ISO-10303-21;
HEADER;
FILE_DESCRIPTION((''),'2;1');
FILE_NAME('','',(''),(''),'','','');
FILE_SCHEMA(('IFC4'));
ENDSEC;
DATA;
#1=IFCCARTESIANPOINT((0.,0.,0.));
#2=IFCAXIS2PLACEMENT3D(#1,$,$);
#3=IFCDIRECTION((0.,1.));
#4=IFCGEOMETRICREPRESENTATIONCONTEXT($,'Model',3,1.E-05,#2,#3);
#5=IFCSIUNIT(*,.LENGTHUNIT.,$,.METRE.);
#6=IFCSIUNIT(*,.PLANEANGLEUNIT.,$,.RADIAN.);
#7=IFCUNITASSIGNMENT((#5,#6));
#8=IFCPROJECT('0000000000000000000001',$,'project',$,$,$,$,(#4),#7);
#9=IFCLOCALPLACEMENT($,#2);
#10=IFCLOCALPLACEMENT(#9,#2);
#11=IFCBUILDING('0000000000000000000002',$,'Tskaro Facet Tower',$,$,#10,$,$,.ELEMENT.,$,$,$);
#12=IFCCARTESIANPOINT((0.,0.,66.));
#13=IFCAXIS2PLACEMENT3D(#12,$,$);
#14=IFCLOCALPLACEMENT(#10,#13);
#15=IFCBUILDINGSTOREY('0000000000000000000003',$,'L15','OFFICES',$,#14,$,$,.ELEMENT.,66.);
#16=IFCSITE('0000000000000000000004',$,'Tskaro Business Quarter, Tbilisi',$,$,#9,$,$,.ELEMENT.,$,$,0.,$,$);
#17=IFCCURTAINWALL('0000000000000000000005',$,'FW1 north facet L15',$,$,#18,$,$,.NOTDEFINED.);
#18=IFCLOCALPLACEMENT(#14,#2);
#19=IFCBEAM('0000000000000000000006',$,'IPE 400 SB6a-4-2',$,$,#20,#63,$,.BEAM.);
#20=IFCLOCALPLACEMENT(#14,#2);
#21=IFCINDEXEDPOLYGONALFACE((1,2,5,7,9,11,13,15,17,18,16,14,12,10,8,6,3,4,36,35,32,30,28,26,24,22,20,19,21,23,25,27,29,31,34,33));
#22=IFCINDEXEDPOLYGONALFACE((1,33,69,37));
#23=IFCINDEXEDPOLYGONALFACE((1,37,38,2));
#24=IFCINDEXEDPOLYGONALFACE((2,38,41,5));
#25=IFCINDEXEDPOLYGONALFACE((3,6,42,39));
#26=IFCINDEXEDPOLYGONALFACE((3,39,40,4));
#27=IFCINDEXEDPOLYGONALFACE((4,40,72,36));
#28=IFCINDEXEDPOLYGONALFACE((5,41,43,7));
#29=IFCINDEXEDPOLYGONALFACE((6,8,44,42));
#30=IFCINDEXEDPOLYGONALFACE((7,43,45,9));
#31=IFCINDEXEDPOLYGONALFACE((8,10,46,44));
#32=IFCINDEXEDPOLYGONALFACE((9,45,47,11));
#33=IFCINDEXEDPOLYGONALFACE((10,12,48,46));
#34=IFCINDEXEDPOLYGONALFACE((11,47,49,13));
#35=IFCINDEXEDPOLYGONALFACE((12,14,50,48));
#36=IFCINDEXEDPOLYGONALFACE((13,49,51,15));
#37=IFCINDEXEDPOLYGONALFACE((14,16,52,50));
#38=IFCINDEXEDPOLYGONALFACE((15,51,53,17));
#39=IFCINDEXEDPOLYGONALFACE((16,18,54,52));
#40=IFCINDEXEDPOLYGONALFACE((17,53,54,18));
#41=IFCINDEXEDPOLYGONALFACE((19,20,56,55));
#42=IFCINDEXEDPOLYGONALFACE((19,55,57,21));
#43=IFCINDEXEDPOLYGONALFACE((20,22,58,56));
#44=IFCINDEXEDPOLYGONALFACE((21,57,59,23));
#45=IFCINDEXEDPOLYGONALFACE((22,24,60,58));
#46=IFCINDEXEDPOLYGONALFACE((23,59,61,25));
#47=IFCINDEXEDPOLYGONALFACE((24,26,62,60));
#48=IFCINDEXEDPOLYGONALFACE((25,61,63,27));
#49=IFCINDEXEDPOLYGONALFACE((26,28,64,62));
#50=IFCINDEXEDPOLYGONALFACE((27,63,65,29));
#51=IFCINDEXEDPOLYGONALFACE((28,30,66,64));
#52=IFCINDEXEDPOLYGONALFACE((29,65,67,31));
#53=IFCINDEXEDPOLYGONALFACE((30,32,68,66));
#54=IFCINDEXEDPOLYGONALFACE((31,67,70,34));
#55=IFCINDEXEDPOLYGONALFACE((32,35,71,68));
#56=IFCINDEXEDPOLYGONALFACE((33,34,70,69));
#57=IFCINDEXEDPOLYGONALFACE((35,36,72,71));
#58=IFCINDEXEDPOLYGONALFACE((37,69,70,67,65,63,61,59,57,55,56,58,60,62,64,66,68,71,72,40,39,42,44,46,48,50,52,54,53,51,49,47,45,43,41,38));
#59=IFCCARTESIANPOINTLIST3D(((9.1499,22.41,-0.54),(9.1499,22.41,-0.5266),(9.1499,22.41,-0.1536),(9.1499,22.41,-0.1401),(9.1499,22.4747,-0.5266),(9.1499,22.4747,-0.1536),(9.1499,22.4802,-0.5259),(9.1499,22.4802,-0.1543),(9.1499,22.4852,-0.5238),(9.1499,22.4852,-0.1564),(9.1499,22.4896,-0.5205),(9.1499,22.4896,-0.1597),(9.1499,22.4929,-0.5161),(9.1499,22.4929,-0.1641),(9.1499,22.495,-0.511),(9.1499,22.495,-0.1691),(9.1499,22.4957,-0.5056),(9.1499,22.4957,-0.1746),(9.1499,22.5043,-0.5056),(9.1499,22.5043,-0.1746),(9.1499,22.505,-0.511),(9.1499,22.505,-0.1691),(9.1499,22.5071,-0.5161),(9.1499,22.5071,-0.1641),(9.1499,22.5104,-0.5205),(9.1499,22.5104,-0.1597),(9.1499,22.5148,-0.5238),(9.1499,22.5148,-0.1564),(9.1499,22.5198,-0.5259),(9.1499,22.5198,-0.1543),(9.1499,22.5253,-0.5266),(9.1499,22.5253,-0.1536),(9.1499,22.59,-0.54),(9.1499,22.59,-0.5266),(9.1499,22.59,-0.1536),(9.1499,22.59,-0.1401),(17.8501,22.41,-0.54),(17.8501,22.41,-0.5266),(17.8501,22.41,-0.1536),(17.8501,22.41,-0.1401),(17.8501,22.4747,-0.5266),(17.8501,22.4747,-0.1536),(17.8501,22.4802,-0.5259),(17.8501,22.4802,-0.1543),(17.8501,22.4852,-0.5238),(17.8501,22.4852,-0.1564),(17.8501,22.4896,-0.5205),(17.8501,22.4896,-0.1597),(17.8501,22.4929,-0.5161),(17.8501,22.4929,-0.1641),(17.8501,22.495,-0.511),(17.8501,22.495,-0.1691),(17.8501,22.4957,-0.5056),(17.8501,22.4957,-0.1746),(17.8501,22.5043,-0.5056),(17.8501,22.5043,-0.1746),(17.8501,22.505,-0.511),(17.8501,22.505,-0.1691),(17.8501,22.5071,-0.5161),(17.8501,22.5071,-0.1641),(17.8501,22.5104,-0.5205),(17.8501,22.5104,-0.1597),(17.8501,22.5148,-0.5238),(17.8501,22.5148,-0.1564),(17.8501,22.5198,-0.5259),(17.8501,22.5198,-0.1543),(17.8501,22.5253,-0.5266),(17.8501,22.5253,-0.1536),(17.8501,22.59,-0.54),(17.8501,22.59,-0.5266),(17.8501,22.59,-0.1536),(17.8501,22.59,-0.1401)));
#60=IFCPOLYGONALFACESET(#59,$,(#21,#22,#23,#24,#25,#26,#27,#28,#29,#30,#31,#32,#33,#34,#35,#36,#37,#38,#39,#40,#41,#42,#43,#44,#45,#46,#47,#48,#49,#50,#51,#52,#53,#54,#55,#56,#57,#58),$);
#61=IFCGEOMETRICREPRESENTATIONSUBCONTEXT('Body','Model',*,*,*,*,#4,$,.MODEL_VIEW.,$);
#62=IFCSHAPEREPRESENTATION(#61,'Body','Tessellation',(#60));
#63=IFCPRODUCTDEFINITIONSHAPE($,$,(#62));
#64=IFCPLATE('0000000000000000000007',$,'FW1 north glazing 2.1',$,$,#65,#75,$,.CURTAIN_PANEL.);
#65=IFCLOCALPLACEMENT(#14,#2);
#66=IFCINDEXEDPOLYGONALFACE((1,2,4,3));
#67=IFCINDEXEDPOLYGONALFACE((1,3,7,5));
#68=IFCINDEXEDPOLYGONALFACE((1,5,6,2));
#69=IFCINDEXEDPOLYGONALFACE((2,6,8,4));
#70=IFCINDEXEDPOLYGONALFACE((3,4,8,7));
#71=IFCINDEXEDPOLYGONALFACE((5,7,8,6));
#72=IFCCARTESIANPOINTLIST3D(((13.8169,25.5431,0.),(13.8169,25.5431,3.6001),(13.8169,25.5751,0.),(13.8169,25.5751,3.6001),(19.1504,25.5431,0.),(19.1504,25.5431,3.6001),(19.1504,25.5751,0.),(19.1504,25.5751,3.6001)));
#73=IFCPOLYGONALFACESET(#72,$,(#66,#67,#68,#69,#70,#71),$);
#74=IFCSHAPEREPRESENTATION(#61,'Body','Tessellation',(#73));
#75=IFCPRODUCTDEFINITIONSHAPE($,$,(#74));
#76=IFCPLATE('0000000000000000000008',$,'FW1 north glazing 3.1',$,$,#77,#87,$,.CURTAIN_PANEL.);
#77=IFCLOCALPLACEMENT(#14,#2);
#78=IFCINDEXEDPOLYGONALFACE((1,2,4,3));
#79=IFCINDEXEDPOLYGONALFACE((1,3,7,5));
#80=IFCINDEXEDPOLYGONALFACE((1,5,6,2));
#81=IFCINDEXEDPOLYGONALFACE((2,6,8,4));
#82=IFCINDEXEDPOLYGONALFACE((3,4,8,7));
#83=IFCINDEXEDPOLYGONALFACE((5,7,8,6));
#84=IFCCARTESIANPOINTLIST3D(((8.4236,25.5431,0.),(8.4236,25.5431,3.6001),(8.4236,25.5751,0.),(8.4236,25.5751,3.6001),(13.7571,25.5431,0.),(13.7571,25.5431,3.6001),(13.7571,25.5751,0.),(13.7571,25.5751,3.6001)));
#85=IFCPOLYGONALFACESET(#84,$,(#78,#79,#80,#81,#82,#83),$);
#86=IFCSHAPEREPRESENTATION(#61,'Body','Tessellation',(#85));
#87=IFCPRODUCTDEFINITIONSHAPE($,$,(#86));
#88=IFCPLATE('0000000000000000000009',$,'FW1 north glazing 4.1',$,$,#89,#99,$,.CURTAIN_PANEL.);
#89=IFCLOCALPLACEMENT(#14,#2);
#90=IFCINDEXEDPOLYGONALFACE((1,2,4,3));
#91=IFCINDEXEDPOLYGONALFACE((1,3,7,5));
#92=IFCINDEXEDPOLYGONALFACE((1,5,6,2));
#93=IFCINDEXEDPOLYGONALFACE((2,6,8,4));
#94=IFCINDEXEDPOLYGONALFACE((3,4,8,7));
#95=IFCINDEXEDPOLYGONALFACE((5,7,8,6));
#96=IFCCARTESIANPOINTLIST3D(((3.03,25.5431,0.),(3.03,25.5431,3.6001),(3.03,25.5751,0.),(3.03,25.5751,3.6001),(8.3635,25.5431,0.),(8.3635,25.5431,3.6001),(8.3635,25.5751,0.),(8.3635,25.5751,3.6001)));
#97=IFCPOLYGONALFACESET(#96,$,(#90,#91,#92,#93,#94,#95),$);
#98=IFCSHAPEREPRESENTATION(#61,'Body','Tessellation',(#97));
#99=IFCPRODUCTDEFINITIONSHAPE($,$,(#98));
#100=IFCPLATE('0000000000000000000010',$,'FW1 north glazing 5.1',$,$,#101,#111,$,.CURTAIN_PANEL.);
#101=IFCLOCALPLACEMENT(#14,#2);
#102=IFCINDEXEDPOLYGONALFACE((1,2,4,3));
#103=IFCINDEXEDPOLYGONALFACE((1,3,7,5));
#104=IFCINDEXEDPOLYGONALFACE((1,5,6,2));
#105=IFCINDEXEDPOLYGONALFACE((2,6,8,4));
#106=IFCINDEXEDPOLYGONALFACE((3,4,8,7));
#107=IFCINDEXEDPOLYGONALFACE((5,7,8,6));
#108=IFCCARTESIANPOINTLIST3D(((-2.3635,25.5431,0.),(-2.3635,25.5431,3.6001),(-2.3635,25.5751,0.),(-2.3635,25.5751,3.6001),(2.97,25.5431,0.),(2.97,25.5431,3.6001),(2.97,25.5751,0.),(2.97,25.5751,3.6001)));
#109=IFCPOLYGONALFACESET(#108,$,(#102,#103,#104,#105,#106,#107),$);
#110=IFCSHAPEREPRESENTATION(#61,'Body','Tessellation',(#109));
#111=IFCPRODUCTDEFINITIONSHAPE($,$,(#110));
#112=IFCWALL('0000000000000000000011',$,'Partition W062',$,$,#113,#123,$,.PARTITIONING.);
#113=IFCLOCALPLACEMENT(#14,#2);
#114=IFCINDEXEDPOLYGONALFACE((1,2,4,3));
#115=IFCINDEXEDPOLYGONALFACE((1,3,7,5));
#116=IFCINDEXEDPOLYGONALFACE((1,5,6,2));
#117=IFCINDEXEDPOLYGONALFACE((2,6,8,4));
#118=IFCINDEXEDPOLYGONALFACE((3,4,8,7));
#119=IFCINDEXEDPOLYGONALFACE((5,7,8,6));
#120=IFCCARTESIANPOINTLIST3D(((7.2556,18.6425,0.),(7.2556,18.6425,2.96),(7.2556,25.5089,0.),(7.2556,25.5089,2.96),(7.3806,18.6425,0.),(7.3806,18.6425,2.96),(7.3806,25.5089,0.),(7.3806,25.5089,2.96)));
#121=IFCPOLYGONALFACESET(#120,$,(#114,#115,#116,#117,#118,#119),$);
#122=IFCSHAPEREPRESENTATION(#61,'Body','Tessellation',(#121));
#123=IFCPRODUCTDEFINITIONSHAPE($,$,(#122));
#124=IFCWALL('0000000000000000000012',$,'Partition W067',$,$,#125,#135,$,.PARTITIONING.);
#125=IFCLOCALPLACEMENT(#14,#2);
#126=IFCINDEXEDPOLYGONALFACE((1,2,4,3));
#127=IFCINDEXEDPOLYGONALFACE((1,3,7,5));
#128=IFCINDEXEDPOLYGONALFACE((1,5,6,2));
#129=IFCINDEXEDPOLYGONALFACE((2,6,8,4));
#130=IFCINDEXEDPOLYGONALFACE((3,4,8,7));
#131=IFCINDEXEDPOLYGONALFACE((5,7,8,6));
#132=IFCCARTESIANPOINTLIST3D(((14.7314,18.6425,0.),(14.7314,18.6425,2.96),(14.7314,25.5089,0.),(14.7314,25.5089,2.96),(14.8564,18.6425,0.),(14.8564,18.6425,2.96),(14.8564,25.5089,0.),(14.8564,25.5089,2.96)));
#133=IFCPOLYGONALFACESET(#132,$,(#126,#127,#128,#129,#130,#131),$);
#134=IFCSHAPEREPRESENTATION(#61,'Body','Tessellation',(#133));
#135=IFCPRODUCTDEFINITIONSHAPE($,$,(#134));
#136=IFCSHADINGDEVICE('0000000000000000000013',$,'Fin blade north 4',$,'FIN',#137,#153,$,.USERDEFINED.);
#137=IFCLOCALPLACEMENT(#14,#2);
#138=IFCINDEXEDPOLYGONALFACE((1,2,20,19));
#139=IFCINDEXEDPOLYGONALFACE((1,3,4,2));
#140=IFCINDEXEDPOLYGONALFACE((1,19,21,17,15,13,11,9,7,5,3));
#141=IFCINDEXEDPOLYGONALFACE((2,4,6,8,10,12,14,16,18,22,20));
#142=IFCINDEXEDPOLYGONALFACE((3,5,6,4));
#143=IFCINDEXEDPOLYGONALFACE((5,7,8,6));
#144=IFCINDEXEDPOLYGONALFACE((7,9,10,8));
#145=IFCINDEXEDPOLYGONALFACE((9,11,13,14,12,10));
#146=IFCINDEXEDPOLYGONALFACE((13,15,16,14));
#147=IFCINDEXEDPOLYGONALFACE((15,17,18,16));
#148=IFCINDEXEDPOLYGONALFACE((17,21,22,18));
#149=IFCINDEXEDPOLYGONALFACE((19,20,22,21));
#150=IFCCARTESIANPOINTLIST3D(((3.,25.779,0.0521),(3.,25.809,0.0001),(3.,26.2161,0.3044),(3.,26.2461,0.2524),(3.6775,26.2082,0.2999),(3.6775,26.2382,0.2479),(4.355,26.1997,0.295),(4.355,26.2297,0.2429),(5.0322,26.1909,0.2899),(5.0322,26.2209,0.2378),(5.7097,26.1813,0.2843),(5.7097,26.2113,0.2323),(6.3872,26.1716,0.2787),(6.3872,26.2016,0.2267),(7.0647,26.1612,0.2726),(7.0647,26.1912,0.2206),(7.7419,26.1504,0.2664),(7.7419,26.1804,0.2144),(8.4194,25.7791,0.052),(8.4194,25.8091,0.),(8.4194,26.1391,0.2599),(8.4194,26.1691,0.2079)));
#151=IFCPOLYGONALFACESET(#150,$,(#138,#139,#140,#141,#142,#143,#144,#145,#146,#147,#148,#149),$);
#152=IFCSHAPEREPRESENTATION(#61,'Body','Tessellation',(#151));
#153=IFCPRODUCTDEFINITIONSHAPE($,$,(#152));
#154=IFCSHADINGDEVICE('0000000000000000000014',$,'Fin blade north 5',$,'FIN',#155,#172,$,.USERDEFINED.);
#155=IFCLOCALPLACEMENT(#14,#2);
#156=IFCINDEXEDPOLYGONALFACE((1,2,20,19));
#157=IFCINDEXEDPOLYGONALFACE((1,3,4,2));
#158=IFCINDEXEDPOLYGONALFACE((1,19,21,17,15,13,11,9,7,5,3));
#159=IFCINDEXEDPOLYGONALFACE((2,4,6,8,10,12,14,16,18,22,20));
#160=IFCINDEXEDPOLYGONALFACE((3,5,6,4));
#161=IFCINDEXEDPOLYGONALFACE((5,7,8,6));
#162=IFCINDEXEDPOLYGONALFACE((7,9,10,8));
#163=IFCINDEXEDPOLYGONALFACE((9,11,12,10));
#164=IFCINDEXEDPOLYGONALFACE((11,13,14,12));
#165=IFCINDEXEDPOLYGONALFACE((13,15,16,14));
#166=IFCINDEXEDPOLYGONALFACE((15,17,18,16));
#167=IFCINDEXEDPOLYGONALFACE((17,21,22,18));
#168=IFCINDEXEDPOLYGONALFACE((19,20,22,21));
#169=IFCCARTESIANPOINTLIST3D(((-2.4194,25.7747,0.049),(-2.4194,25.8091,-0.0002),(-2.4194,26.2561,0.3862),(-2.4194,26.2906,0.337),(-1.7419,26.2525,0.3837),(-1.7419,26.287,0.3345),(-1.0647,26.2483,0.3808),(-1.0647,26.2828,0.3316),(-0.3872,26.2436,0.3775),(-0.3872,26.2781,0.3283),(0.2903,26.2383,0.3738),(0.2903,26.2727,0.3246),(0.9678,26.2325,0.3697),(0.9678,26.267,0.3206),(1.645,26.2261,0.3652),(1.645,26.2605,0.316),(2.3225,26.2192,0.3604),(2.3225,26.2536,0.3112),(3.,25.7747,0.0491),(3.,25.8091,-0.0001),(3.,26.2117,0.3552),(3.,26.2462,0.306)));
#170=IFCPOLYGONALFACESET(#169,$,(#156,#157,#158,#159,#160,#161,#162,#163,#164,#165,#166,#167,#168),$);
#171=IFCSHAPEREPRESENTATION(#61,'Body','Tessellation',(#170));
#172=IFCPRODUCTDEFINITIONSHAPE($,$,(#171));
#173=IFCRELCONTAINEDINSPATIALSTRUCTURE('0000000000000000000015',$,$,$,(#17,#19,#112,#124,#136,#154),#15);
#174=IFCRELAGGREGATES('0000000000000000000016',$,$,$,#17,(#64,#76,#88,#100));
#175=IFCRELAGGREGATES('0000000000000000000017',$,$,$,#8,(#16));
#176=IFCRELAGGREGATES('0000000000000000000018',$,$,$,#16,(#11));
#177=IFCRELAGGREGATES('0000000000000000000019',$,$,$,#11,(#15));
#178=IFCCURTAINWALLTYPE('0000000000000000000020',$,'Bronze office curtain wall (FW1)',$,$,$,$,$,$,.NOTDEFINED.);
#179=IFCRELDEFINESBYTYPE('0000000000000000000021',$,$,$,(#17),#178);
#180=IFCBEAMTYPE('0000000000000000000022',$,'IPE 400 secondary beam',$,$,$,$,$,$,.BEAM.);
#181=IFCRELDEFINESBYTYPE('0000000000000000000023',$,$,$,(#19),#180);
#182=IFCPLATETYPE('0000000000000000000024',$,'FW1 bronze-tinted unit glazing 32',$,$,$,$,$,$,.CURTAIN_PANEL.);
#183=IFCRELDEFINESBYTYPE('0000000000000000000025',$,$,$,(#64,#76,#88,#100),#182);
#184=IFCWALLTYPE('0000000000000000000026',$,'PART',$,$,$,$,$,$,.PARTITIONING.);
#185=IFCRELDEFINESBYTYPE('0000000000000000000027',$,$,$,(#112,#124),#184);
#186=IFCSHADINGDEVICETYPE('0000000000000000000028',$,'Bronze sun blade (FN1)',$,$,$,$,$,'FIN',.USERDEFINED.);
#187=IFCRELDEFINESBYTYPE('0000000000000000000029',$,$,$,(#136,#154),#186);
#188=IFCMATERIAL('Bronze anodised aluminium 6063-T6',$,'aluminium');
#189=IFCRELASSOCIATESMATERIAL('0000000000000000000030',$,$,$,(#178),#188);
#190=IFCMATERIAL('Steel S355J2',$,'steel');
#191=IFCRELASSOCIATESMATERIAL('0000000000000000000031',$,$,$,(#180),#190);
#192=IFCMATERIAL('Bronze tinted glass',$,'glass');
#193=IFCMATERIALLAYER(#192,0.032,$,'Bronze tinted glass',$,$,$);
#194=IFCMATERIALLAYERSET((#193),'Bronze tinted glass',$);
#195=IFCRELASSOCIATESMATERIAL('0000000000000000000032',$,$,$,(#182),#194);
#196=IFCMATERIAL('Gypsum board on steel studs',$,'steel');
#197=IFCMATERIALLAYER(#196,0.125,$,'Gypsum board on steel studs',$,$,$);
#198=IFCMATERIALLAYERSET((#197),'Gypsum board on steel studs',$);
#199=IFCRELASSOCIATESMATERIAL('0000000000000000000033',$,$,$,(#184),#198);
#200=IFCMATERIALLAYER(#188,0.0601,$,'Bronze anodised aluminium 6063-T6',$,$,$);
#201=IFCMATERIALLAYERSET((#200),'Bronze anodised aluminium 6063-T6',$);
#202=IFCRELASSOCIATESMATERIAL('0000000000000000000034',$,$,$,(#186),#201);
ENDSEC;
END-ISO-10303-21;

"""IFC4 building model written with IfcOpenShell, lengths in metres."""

from ifc_helpers import new_model, si_unit, direction, frame, frame_2d, origin, origin_2d, place, context, subcontext, project, spatial, polyline, rectangle, i_section, outline, extrude, material, layer, layer_set, material_profile, profile_set, type_object, element, aggregate, save


model = new_model("IFC4")

# Units and contexts
model_context = context("Model", 3, precision=1e-05, world=origin(), true_north=direction((0.0, 1.0)))
body_context = subcontext(model_context, "Body", "Model", "MODEL_VIEW")
ifc_project = project(units=[si_unit("LENGTHUNIT", "METRE"), si_unit("PLANEANGLEUNIT", "RADIAN")], contexts=[model_context])

# Site, building, storey
site_placement = place(None, origin())
site = spatial("IfcSite", under=ifc_project, at=site_placement, Name="Tskaro Business Quarter, Tbilisi", CompositionType="ELEMENT", RefElevation=0.0)
building_placement = place(site_placement, origin())
building = spatial("IfcBuilding", under=site, at=building_placement, Name="Tskaro Facet Tower", CompositionType="ELEMENT")
storey_placement = place(building_placement, frame((0.0, 0.0, 66.0)))
storey = spatial("IfcBuildingStorey", under=building, at=storey_placement, Name="L15", Description="OFFICES", CompositionType="ELEMENT", Elevation=66.0)

# Curtain wall
ifc_material_1 = material(Name="Bronze anodised aluminium 6063-T6", Category="aluminium")
curtain_wall_type = type_object("IfcCurtainWallType", Name="Bronze office curtain wall (FW1)", PredefinedType="NOTDEFINED", material=ifc_material_1)
curtain_wall_placement = place(storey_placement, origin())
curtain_wall = element("IfcCurtainWall", 1, at=curtain_wall_placement, inside=storey, type_object=curtain_wall_type, Name="FW1 north facet L15", PredefinedType="NOTDEFINED")

# Beam
ifc_material_2 = material(Name="Steel S355J2", Category="steel")
ifc_material_profile_1 = material_profile(ifc_material_2, i_section(OverallWidth=0.1799, OverallDepth=0.3999, WebThickness=0.0085, FlangeThickness=0.0134, FilletRadius=0.021, at=origin_2d()), Name="IPE 400")
ifc_profile_set_1 = profile_set([ifc_material_profile_1], Name="Steel S355J2")
beam_type_1 = type_object("IfcBeamType", Name="IPE 400 secondary beam", PredefinedType="BEAM", material=ifc_profile_set_1)
for number, where, z_axis, x_axis, name in (
    (2, (9.1499, 22.5, -0.3401), (1.0, 0.0, 0.0), (0.0, 1.0, 0.0), "IPE 400 SB6a-4-2"),
):
    element("IfcBeam", number, at=place(storey_placement, frame(where, z_axis=z_axis, x_axis=x_axis)), inside=storey, type_object=beam_type_1, Name=name, PredefinedType="BEAM", context=body_context, shape_type="SweptSolid", body=[
        extrude(i_section(OverallWidth=0.1799, OverallDepth=0.3999, WebThickness=0.0085, FlangeThickness=0.0134, FilletRadius=0.021, at=origin_2d()), origin(), (0.0, 0.0, 1.0), 8.7002),
    ])

# Plates
ifc_material_3 = material(Name="Bronze tinted glass", Category="glass")
ifc_layer_1 = layer(ifc_material_3, 0.032, Name="Bronze tinted glass")
ifc_layer_set_1 = layer_set([ifc_layer_1], Name="Bronze tinted glass")
plate_type = type_object("IfcPlateType", Name="FW1 bronze-tinted unit glazing 32", PredefinedType="CURTAIN_PANEL", material=ifc_layer_set_1)
plate_1_placement = place(storey_placement, frame((16.4836, 25.5591, 0.0), z_axis=(0.0, 0.0, 1.0), x_axis=(-1.0, 0.0, 0.0)))
plate_1 = element("IfcPlate", 3, at=plate_1_placement, type_object=plate_type, Name="FW1 north glazing 2.1", PredefinedType="CURTAIN_PANEL", context=body_context, shape_type="SweptSolid", body=[
    extrude(rectangle(XDim=5.3335, YDim=0.032, at=origin_2d()), origin(), (0.0, 0.0, 1.0), 3.6001),
])
plate_2_placement = place(storey_placement, frame((11.0903, 25.5591, 0.0), z_axis=(0.0, 0.0, 1.0), x_axis=(-1.0, 0.0, 0.0)))
plate_2 = element("IfcPlate", 4, at=plate_2_placement, type_object=plate_type, Name="FW1 north glazing 3.1", PredefinedType="CURTAIN_PANEL", context=body_context, shape_type="SweptSolid", body=[
    extrude(rectangle(XDim=5.3335, YDim=0.032, at=origin_2d()), origin(), (0.0, 0.0, 1.0), 3.6001),
])
plate_3_placement = place(storey_placement, frame((5.6968, 25.5591, 0.0), z_axis=(0.0, 0.0, 1.0), x_axis=(-1.0, 0.0, 0.0)))
plate_3 = element("IfcPlate", 5, at=plate_3_placement, type_object=plate_type, Name="FW1 north glazing 4.1", PredefinedType="CURTAIN_PANEL", context=body_context, shape_type="SweptSolid", body=[
    extrude(rectangle(XDim=5.3335, YDim=0.032, at=origin_2d()), origin(), (0.0, 0.0, 1.0), 3.6001),
])
plate_4_placement = place(storey_placement, frame((0.3032, 25.5591, 0.0), z_axis=(0.0, 0.0, 1.0), x_axis=(-1.0, 0.0, 0.0)))
plate_4 = element("IfcPlate", 6, at=plate_4_placement, type_object=plate_type, Name="FW1 north glazing 5.1", PredefinedType="CURTAIN_PANEL", context=body_context, shape_type="SweptSolid", body=[
    extrude(rectangle(XDim=5.3335, YDim=0.032, at=origin_2d()), origin(), (0.0, 0.0, 1.0), 3.6001),
])
aggregate(curtain_wall, [plate_1, plate_2, plate_3, plate_4])

# Walls
ifc_material_4 = material(Name="Gypsum board on steel studs", Category="steel")
ifc_layer_2 = layer(ifc_material_4, 0.125, Name="Gypsum board on steel studs")
ifc_layer_set_2 = layer_set([ifc_layer_2], Name="Gypsum board on steel studs")
wall_type = type_object("IfcWallType", Name="PART", PredefinedType="PARTITIONING", material=ifc_layer_set_2)
for number, where, z_axis, x_axis, name in (
    (7, (7.3181, 18.6426, 0.0), (0.0, 0.0, 1.0), (0.0, 1.0, 0.0), "Partition W062"),
    (8, (14.7939, 18.6426, 0.0), (0.0, 0.0, 1.0), (0.0, 1.0, 0.0), "Partition W067"),
):
    element("IfcWall", number, at=place(storey_placement, frame(where, z_axis=z_axis, x_axis=x_axis)), inside=storey, type_object=wall_type, Name=name, PredefinedType="PARTITIONING", context=body_context, shape_type="SweptSolid", body=[
        extrude(rectangle(XDim=6.8665, YDim=0.125, at=frame_2d((3.4331, 0.0))), origin(), (0.0, 0.0, 1.0), 2.96),
    ])

# Shading devices
ifc_layer_3 = layer(ifc_material_1, 0.0601, Name="Bronze anodised aluminium 6063-T6")
ifc_layer_set_3 = layer_set([ifc_layer_3], Name="Bronze anodised aluminium 6063-T6")
shading_device_type = type_object("IfcShadingDeviceType", Name="Bronze sun blade (FN1)", ElementType="FIN", PredefinedType="USERDEFINED", material=ifc_layer_set_3)
shading_device_1_placement = place(storey_placement, frame((8.4194, 25.7791, 0.052), z_axis=(0.000022, -0.499984, 0.866035), x_axis=(-1.0, -0.000011, 0.000019)))
element("IfcShadingDevice", 9, at=shading_device_1_placement, inside=storey, type_object=shading_device_type, Name="Fin blade north 4", ObjectType="FIN", PredefinedType="USERDEFINED", context=body_context, shape_type="SweptSolid", body=[
    extrude(outline(polyline([(0.0, 0.0), (5.4194, 0.0), (5.4194, -0.5047), (4.7419, -0.4956), (4.0645, -0.4858), (3.3872, -0.4756), (2.7097, -0.4645), (2.0322, -0.4533), (1.3547, -0.4412), (0.6775, -0.4288), (0.0, -0.4157), (0.0, 0.0)])), origin(), (0.0, 0.0, -1.0), 0.0601),
])
shading_device_2_placement = place(storey_placement, frame((3.0, 25.7747, 0.0491), z_axis=(-0.000009, -0.573695, 0.819069), x_axis=(-1.0, 0.000005, -0.000007)))
element("IfcShadingDevice", 10, at=shading_device_2_placement, inside=storey, type_object=shading_device_type, Name="Fin blade north 5", ObjectType="FIN", PredefinedType="USERDEFINED", context=body_context, shape_type="SweptSolid", body=[
    extrude(outline(polyline([(0.0, 0.0), (5.4194, 0.0), (5.4194, -0.5878), (4.7419, -0.5834), (4.0647, -0.5783), (3.3872, -0.5725), (2.7097, -0.566), (2.0322, -0.559), (1.355, -0.5511), (0.6775, -0.5427), (0.0, -0.5336), (0.0, 0.0)])), origin(), (0.0, 0.0, -1.0), 0.0601),
])

save(model, "model.ifc")
